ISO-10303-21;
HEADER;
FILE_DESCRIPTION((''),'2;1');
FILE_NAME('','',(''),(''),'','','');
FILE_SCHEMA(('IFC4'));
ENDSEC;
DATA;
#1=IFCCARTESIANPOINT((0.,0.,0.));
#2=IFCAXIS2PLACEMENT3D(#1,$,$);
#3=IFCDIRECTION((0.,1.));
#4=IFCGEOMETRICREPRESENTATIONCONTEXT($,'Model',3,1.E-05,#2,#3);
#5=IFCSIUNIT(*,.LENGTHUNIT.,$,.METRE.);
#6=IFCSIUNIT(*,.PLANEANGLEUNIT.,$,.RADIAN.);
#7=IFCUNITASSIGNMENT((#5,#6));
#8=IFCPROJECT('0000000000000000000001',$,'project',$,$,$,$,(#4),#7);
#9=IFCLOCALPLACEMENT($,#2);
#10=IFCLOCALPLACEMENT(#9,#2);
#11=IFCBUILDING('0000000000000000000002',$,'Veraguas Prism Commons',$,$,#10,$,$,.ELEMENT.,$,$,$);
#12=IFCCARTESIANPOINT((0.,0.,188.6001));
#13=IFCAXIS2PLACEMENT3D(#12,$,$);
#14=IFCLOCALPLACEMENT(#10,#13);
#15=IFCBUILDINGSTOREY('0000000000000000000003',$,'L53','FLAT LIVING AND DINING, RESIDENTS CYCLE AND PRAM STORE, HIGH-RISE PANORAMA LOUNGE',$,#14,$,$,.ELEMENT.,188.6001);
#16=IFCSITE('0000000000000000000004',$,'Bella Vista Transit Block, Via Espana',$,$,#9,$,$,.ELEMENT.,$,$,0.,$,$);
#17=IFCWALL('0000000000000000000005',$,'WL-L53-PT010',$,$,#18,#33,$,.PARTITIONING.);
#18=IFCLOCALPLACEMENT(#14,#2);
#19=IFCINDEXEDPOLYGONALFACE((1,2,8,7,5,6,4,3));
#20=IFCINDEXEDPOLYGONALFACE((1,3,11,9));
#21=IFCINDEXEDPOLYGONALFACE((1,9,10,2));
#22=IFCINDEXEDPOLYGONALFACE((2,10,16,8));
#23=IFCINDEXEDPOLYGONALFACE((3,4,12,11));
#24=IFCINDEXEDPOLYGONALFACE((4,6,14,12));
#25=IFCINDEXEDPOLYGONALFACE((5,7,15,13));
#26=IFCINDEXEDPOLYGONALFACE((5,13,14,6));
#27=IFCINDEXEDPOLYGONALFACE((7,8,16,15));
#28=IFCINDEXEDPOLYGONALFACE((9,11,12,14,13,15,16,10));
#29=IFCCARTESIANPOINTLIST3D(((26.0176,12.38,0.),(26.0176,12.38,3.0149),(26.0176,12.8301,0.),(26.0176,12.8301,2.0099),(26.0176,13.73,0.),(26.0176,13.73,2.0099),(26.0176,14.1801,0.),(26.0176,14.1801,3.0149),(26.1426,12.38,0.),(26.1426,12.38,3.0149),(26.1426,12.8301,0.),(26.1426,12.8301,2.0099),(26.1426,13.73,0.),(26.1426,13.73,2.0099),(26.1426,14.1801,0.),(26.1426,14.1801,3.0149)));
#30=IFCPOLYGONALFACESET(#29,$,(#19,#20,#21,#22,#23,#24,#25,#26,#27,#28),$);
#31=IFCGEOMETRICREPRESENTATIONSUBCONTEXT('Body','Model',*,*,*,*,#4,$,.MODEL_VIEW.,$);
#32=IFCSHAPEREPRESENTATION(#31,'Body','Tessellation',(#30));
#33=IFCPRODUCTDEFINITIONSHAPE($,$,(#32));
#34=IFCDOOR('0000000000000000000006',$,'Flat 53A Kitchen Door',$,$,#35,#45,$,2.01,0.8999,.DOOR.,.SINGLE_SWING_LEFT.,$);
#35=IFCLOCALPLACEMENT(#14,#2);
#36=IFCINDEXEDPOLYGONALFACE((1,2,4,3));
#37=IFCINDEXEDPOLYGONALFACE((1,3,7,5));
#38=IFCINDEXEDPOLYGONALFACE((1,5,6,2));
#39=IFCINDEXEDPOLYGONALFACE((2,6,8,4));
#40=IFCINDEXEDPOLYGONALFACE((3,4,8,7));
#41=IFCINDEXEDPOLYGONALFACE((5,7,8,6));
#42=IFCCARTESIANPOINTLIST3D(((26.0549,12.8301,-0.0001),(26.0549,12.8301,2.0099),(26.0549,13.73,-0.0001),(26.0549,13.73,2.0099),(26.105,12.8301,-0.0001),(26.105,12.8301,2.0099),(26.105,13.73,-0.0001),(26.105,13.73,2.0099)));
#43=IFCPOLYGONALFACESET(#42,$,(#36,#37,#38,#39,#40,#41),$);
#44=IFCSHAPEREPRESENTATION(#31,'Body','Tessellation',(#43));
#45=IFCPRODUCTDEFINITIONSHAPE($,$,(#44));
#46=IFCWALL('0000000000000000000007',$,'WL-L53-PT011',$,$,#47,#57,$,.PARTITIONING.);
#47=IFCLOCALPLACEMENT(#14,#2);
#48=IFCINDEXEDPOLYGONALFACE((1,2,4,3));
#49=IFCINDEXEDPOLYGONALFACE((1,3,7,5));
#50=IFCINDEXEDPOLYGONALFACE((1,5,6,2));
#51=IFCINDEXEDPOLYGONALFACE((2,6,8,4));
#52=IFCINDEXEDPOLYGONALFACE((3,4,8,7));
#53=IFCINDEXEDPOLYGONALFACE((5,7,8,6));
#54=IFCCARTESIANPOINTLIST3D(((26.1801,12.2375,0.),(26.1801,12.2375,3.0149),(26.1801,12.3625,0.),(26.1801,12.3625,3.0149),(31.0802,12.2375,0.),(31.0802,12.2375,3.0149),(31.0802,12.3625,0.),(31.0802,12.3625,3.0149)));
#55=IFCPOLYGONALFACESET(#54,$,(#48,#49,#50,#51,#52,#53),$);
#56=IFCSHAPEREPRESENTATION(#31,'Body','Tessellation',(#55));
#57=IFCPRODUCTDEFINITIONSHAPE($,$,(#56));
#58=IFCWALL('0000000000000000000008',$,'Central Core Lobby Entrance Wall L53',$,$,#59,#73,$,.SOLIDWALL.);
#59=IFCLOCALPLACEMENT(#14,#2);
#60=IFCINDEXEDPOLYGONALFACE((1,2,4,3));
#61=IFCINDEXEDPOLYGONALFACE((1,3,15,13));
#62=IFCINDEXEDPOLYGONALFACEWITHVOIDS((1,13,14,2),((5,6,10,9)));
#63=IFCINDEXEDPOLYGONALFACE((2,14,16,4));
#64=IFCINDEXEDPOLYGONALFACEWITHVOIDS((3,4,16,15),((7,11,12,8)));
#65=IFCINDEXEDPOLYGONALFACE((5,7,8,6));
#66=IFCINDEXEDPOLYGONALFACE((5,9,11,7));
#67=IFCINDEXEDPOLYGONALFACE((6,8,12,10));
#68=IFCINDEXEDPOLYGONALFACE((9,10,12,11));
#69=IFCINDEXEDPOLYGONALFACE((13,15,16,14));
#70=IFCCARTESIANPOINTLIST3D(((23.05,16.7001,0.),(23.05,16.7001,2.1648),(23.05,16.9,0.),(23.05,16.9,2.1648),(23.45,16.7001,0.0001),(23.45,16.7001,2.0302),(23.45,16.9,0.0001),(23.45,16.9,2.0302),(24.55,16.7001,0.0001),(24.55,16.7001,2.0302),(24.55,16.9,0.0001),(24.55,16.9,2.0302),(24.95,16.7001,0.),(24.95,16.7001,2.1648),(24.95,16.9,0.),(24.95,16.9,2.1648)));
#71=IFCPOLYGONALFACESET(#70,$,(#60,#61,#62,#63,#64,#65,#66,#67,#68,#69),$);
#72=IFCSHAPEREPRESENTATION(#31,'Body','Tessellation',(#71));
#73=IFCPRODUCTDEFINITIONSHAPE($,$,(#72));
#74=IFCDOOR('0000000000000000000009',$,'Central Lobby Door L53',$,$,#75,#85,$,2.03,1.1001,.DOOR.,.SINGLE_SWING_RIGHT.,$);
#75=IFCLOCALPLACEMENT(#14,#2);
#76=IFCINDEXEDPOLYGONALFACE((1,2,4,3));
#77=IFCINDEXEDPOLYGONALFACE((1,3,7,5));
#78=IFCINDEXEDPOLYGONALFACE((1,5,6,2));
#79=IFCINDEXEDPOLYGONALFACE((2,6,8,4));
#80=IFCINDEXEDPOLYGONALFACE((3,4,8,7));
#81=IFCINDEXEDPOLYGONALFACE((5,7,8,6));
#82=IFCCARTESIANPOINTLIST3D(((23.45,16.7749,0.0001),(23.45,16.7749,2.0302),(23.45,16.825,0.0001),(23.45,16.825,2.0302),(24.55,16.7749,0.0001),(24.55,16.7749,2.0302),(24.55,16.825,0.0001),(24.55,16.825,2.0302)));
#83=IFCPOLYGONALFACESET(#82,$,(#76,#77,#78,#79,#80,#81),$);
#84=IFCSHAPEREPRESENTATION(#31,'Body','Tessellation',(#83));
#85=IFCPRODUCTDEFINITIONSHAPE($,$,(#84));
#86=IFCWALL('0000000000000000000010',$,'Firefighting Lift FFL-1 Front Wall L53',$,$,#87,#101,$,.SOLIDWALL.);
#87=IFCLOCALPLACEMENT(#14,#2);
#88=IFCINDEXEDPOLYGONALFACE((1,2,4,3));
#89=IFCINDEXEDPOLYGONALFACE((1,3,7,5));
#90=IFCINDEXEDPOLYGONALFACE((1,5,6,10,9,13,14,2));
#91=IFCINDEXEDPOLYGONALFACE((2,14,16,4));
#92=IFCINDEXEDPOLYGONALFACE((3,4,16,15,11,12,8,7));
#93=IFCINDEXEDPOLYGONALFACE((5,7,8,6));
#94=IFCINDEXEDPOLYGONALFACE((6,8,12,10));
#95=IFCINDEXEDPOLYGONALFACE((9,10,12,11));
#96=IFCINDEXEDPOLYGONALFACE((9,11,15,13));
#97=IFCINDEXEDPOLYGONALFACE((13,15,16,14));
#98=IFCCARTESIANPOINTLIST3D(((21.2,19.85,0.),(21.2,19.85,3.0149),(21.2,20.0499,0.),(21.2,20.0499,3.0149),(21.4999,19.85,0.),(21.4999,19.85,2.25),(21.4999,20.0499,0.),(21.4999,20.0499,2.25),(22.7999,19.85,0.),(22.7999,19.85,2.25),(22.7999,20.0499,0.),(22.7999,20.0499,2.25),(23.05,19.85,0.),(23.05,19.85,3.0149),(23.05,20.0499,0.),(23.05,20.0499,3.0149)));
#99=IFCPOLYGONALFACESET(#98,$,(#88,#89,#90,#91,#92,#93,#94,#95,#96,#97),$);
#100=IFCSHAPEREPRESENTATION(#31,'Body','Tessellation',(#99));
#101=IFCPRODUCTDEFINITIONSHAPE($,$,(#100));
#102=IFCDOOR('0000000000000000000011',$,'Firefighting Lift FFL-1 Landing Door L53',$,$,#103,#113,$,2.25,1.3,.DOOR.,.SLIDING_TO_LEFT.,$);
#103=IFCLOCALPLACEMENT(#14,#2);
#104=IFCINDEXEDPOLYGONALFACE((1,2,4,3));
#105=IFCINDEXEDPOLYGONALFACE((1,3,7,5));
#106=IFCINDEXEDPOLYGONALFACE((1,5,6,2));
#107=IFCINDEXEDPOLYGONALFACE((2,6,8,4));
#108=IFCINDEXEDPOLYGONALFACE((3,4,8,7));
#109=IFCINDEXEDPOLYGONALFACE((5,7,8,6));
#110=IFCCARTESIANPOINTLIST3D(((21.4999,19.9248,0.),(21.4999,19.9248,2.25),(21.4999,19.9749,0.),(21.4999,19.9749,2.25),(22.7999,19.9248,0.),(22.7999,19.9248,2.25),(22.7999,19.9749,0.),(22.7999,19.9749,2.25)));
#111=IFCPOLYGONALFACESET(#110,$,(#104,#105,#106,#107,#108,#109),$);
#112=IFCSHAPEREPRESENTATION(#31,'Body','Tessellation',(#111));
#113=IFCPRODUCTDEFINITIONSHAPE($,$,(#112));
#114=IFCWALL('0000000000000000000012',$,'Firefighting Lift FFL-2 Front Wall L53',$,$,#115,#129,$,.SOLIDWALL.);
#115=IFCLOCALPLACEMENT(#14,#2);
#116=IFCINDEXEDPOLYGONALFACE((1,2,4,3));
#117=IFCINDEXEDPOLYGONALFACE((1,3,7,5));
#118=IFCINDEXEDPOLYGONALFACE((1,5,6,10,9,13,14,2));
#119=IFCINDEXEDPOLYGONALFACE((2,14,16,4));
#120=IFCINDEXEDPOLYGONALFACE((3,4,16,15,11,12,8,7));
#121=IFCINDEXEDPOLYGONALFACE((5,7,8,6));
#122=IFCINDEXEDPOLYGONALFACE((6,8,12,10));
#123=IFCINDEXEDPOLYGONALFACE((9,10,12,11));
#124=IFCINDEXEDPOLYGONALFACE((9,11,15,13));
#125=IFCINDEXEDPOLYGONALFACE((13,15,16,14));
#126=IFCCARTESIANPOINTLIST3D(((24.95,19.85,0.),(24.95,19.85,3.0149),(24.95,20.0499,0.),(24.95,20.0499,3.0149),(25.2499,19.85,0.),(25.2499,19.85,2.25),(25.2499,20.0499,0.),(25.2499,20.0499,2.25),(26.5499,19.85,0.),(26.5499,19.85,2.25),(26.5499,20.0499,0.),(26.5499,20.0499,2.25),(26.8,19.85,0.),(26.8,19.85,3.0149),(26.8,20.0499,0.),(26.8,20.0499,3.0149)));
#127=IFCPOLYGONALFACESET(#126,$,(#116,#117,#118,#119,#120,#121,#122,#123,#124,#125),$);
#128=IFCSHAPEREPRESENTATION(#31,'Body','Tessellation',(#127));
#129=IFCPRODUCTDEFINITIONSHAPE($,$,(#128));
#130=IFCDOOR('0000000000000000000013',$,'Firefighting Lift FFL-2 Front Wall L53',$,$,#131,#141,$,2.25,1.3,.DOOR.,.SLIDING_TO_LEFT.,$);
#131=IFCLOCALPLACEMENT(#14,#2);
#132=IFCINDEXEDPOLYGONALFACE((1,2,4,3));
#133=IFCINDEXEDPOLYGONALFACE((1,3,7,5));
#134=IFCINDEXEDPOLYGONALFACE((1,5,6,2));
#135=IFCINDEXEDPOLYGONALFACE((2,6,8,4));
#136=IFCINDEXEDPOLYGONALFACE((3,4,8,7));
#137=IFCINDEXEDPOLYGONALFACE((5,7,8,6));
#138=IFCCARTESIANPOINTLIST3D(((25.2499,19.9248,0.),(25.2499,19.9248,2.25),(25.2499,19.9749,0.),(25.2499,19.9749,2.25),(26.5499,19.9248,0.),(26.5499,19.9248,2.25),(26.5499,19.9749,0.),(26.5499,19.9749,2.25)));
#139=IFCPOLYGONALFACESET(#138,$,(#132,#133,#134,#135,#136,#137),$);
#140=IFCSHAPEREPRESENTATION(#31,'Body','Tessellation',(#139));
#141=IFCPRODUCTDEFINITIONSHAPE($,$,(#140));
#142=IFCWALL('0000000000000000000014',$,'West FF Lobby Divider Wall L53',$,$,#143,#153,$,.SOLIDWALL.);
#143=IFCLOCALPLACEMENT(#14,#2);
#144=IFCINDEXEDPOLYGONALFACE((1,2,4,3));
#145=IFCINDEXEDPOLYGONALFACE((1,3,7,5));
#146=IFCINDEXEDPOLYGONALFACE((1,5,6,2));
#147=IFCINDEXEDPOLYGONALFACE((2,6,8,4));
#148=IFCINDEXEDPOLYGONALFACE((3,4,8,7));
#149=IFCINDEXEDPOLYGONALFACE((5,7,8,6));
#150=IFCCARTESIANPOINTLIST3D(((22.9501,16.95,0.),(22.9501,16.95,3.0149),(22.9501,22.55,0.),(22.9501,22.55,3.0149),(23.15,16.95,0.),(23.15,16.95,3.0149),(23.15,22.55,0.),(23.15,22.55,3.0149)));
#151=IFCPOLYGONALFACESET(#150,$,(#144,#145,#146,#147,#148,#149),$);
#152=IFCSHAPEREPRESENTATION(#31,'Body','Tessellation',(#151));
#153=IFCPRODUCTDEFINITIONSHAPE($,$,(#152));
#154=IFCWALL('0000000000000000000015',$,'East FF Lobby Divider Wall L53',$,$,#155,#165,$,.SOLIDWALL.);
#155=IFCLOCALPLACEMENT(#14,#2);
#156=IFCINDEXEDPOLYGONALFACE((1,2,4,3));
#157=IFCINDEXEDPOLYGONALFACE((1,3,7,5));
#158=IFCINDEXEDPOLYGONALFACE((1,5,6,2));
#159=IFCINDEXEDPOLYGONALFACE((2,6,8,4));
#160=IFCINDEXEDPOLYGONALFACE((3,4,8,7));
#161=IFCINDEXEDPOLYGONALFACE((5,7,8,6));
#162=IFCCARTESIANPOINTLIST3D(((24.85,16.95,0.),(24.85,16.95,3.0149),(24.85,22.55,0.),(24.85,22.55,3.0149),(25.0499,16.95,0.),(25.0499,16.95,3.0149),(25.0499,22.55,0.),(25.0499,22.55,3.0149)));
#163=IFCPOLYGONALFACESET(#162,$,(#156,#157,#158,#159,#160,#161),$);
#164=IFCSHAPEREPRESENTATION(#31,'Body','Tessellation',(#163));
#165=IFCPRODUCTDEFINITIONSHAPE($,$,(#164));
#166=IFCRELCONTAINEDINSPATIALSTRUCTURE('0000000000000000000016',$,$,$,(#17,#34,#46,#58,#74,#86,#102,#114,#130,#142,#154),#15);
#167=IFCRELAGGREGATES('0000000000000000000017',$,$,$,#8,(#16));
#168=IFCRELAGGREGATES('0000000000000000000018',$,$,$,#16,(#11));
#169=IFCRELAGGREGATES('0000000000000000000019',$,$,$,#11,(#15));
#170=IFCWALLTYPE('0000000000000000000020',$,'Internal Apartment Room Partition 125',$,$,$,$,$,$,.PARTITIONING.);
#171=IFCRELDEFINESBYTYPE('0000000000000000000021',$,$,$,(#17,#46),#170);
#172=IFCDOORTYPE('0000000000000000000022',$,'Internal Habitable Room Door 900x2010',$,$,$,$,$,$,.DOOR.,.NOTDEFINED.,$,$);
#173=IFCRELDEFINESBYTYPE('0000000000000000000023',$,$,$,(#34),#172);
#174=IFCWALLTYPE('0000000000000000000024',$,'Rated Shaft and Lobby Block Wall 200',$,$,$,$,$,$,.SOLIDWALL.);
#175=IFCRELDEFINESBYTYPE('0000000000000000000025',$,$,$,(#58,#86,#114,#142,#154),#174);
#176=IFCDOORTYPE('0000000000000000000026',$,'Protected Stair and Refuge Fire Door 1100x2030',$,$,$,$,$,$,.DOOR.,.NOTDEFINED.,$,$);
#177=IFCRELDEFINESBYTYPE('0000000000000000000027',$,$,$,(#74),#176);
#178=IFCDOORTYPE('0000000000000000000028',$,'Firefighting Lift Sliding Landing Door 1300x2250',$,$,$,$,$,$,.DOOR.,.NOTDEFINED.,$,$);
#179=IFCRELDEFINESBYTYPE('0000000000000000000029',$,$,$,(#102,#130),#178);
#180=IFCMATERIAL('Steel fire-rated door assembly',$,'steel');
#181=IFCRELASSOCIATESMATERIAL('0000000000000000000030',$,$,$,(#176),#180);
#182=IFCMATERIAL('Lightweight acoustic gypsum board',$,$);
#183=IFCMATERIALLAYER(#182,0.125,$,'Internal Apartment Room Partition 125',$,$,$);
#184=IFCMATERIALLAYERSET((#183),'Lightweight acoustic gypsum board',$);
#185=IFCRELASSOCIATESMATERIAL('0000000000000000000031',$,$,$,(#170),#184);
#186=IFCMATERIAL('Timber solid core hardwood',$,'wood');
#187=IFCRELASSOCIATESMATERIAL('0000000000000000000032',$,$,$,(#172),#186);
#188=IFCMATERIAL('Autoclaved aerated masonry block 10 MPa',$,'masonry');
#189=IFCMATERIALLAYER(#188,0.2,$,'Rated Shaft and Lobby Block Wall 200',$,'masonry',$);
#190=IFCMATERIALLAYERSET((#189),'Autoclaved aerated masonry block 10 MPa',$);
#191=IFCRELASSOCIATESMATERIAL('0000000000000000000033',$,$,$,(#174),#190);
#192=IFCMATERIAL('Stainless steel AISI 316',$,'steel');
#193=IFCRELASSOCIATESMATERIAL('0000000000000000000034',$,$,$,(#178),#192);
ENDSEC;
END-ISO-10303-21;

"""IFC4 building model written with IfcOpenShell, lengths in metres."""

from ifc_helpers import new_model, si_unit, direction, frame, frame_2d, origin, place, context, subcontext, project, spatial, rectangle, extrude, source, transform, mapped, material, layer, layer_set, type_object, element, fill, save


model = new_model("IFC4")

# Units and contexts
model_context = context("Model", 3, precision=1e-05, world=origin(), true_north=direction((0.0, 1.0)))
body_context = subcontext(model_context, "Body", "Model", "MODEL_VIEW")
ifc_project = project(units=[si_unit("LENGTHUNIT", "METRE"), si_unit("PLANEANGLEUNIT", "RADIAN")], contexts=[model_context])

# Site, building, storey
site_placement = place(None, origin())
site = spatial("IfcSite", under=ifc_project, at=site_placement, Name="Bella Vista Transit Block, Via Espana", CompositionType="ELEMENT", RefElevation=0.0)
building_placement = place(site_placement, origin())
building = spatial("IfcBuilding", under=site, at=building_placement, Name="Veraguas Prism Commons", CompositionType="ELEMENT")
storey_placement = place(building_placement, frame((0.0, 0.0, 188.6001)))
storey = spatial("IfcBuildingStorey", under=building, at=storey_placement, Name="L53", Description="FLAT LIVING AND DINING, RESIDENTS CYCLE AND PRAM STORE, HIGH-RISE PANORAMA LOUNGE", CompositionType="ELEMENT", Elevation=188.6001)

# Shared definitions
ifc_material_1 = material(Name="Steel fire-rated door assembly", Category="steel")
door_type_1 = type_object("IfcDoorType", Name="Protected Stair and Refuge Fire Door 1100x2030", OperationType="NOTDEFINED", PredefinedType="DOOR", material=ifc_material_1)
shared_shape_1 = source(origin(), body_context, "Body", "SweptSolid", [
    extrude(rectangle(XDim=1.1001, YDim=2.03, at=frame_2d((0.55, 1.0151))), frame((0.0, 0.0249, 0.0), z_axis=(0.0, -1.0, 0.0), x_axis=(1.0, 0.0, 0.0)), (0.0, 0.0, 1.0), 0.05),
])

# Wall, opening, door
ifc_material_2 = material(Name="Lightweight acoustic gypsum board")
ifc_layer_1 = layer(ifc_material_2, 0.125, Name="Internal Apartment Room Partition 125")
ifc_layer_set_1 = layer_set([ifc_layer_1], Name="Lightweight acoustic gypsum board")
wall_type_1 = type_object("IfcWallType", Name="Internal Apartment Room Partition 125", PredefinedType="PARTITIONING", material=ifc_layer_set_1)
wall_1_placement = place(storey_placement, frame((26.0801, 14.1799, 0.0), z_axis=(0.0, 0.0, 1.0), x_axis=(0.0, -1.0, 0.0)))
wall_1 = element("IfcWall", 1, at=wall_1_placement, inside=storey, type_object=wall_type_1, Name="WL-L53-PT010", PredefinedType="PARTITIONING", context=body_context, shape_type="SweptSolid", body=[
    extrude(rectangle(XDim=1.8, YDim=0.125, at=frame_2d((0.8999, 0.0))), origin(), (0.0, 0.0, 1.0), 3.0149),
])
opening_1_placement = place(wall_1_placement, frame((0.45, 0.0, 0.0)))
opening_1 = element("IfcOpeningElement", 2, at=opening_1_placement, cuts=wall_1, PredefinedType="OPENING", context=body_context, shape_type="SweptSolid", body=[
    extrude(rectangle(XDim=0.8999, YDim=2.01, at=frame_2d((0.45, 1.0049))), frame((0.0, 0.0725, 0.0), z_axis=(0.0, -1.0, 0.0), x_axis=(1.0, 0.0, 0.0)), (0.0, 0.0, 1.0), 0.145),
])
ifc_material_3 = material(Name="Timber solid core hardwood", Category="wood")
door_type_2 = type_object("IfcDoorType", Name="Internal Habitable Room Door 900x2010", OperationType="NOTDEFINED", PredefinedType="DOOR", material=ifc_material_3)
shared_shape_2 = source(origin(), body_context, "Body", "SweptSolid", [
    extrude(rectangle(XDim=0.8999, YDim=2.01, at=frame_2d((0.45, 1.0049))), frame((0.0, 0.0249, 0.0), z_axis=(0.0, -1.0, 0.0), x_axis=(1.0, 0.0, 0.0)), (0.0, 0.0, 1.0), 0.05),
])
door_1_placement = place(opening_1_placement, origin())
door_1 = element("IfcDoor", 3, at=door_1_placement, inside=storey, type_object=door_type_2, Name="Flat 53A Kitchen Door", OperationType="SINGLE_SWING_LEFT", OverallHeight=2.01, OverallWidth=0.8999, PredefinedType="DOOR", context=body_context, shape_type="MappedRepresentation", body=[
    mapped(shared_shape_2, transform((0.0, 0.0, 0.0), scale=1.0)),
])
fill(opening_1, door_1)

# Wall
wall_2_placement = place(storey_placement, frame((26.1799, 12.3, 0.0), z_axis=(0.0, 0.0, 1.0), x_axis=(1.0, 0.0, 0.0)))
element("IfcWall", 4, at=wall_2_placement, inside=storey, type_object=wall_type_1, Name="WL-L53-PT011", PredefinedType="PARTITIONING", context=body_context, shape_type="SweptSolid", body=[
    extrude(rectangle(XDim=4.9001, YDim=0.125, at=frame_2d((2.4502, 0.0))), origin(), (0.0, 0.0, 1.0), 3.0149),
])

# Walls, openings, doors
ifc_material_4 = material(Name="Autoclaved aerated masonry block 10 MPa", Category="masonry")
ifc_layer_2 = layer(ifc_material_4, 0.2, Name="Rated Shaft and Lobby Block Wall 200", Category="masonry")
ifc_layer_set_2 = layer_set([ifc_layer_2], Name="Autoclaved aerated masonry block 10 MPa")
wall_type_2 = type_object("IfcWallType", Name="Rated Shaft and Lobby Block Wall 200", PredefinedType="SOLIDWALL", material=ifc_layer_set_2)
wall_3_placement = place(storey_placement, frame((23.05, 16.8, 0.0), z_axis=(0.0, 0.0, 1.0), x_axis=(1.0, 0.0, 0.0)))
wall_3 = element("IfcWall", 5, at=wall_3_placement, inside=storey, type_object=wall_type_2, Name="Central Core Lobby Entrance Wall L53", PredefinedType="SOLIDWALL", context=body_context, shape_type="SweptSolid", body=[
    extrude(rectangle(XDim=1.8999, YDim=0.2, at=frame_2d((0.95, 0.0))), origin(), (0.0, 0.0, 1.0), 2.1648),
])
opening_2_placement = place(wall_3_placement, frame((0.3999, 0.0, 0.0)))
opening_2 = element("IfcOpeningElement", 6, at=opening_2_placement, cuts=wall_3, PredefinedType="OPENING", context=body_context, shape_type="SweptSolid", body=[
    extrude(rectangle(XDim=1.1001, YDim=2.03, at=frame_2d((0.55, 1.0151))), frame((0.0, 0.1099, 0.0), z_axis=(0.0, -1.0, 0.0), x_axis=(1.0, 0.0, 0.0)), (0.0, 0.0, 1.0), 0.22),
])
door_2_placement = place(opening_2_placement, origin())
door_2 = element("IfcDoor", 7, at=door_2_placement, inside=storey, type_object=door_type_1, Name="Central Lobby Door L53", OperationType="SINGLE_SWING_RIGHT", OverallHeight=2.03, OverallWidth=1.1001, PredefinedType="DOOR", context=body_context, shape_type="MappedRepresentation", body=[
    mapped(shared_shape_1, transform((0.0, 0.0, 0.0), scale=1.0)),
])
fill(opening_2, door_2)
wall_4_placement = place(storey_placement, frame((21.2, 19.95, 0.0), z_axis=(0.0, 0.0, 1.0), x_axis=(1.0, 0.0, 0.0)))
wall_4 = element("IfcWall", 8, at=wall_4_placement, inside=storey, type_object=wall_type_2, Name="Firefighting Lift FFL-1 Front Wall L53", PredefinedType="SOLIDWALL", context=body_context, shape_type="SweptSolid", body=[
    extrude(rectangle(XDim=1.8501, YDim=0.2, at=frame_2d((0.925, 0.0))), origin(), (0.0, 0.0, 1.0), 3.0149),
])
opening_3_placement = place(wall_4_placement, frame((0.3, 0.0, 0.0)))
opening_3 = element("IfcOpeningElement", 9, at=opening_3_placement, cuts=wall_4, PredefinedType="OPENING", context=body_context, shape_type="SweptSolid", body=[
    extrude(rectangle(XDim=1.3, YDim=2.25, at=frame_2d((0.6499, 1.125))), frame((0.0, 0.1099, 0.0), z_axis=(0.0, -1.0, 0.0), x_axis=(1.0, 0.0, 0.0)), (0.0, 0.0, 1.0), 0.22),
])
ifc_material_5 = material(Name="Stainless steel AISI 316", Category="steel")
door_type_3 = type_object("IfcDoorType", Name="Firefighting Lift Sliding Landing Door 1300x2250", OperationType="NOTDEFINED", PredefinedType="DOOR", material=ifc_material_5)
shared_shape_3 = source(origin(), body_context, "Body", "SweptSolid", [
    extrude(rectangle(XDim=1.3, YDim=2.25, at=frame_2d((0.6499, 1.125))), frame((0.0, 0.0249, 0.0), z_axis=(0.0, -1.0, 0.0), x_axis=(1.0, 0.0, 0.0)), (0.0, 0.0, 1.0), 0.05),
])
door_3_placement = place(opening_3_placement, origin())
door_3 = element("IfcDoor", 10, at=door_3_placement, inside=storey, type_object=door_type_3, Name="Firefighting Lift FFL-1 Landing Door L53", OperationType="SLIDING_TO_LEFT", OverallHeight=2.25, OverallWidth=1.3, PredefinedType="DOOR", context=body_context, shape_type="MappedRepresentation", body=[
    mapped(shared_shape_3, transform((0.0, 0.0, 0.0), scale=1.0)),
])
fill(opening_3, door_3)
wall_5_placement = place(storey_placement, frame((24.95, 19.95, 0.0), z_axis=(0.0, 0.0, 1.0), x_axis=(1.0, 0.0, 0.0)))
wall_5 = element("IfcWall", 11, at=wall_5_placement, inside=storey, type_object=wall_type_2, Name="Firefighting Lift FFL-2 Front Wall L53", PredefinedType="SOLIDWALL", context=body_context, shape_type="SweptSolid", body=[
    extrude(rectangle(XDim=1.8501, YDim=0.2, at=frame_2d((0.925, 0.0))), origin(), (0.0, 0.0, 1.0), 3.0149),
])
opening_4_placement = place(wall_5_placement, frame((0.3, 0.0, 0.0)))
opening_4 = element("IfcOpeningElement", 12, at=opening_4_placement, cuts=wall_5, PredefinedType="OPENING", context=body_context, shape_type="SweptSolid", body=[
    extrude(rectangle(XDim=1.3, YDim=2.25, at=frame_2d((0.6499, 1.125))), frame((0.0, 0.1099, 0.0), z_axis=(0.0, -1.0, 0.0), x_axis=(1.0, 0.0, 0.0)), (0.0, 0.0, 1.0), 0.22),
])
door_4_placement = place(opening_4_placement, origin())
door_4 = element("IfcDoor", 13, at=door_4_placement, inside=storey, type_object=door_type_3, Name="Firefighting Lift FFL-2 Front Wall L53", OperationType="SLIDING_TO_LEFT", OverallHeight=2.25, OverallWidth=1.3, PredefinedType="DOOR", context=body_context, shape_type="MappedRepresentation", body=[
    mapped(shared_shape_3, transform((0.0, 0.0, 0.0), scale=1.0)),
])
fill(opening_4, door_4)

# Walls
for number, where, z_axis, x_axis, name in (
    (14, (23.05, 16.95, 0.0), (0.0, 0.0, 1.0), (0.0, 1.0, 0.0), "West FF Lobby Divider Wall L53"),
    (15, (24.95, 16.95, 0.0), (0.0, 0.0, 1.0), (0.0, 1.0, 0.0), "East FF Lobby Divider Wall L53"),
):
    element("IfcWall", number, at=place(storey_placement, frame(where, z_axis=z_axis, x_axis=x_axis)), inside=storey, type_object=wall_type_2, Name=name, PredefinedType="SOLIDWALL", context=body_context, shape_type="SweptSolid", body=[
        extrude(rectangle(XDim=5.6001, YDim=0.2, at=frame_2d((2.8, 0.0))), origin(), (0.0, 0.0, 1.0), 3.0149),
    ])

save(model, "model.ifc")
